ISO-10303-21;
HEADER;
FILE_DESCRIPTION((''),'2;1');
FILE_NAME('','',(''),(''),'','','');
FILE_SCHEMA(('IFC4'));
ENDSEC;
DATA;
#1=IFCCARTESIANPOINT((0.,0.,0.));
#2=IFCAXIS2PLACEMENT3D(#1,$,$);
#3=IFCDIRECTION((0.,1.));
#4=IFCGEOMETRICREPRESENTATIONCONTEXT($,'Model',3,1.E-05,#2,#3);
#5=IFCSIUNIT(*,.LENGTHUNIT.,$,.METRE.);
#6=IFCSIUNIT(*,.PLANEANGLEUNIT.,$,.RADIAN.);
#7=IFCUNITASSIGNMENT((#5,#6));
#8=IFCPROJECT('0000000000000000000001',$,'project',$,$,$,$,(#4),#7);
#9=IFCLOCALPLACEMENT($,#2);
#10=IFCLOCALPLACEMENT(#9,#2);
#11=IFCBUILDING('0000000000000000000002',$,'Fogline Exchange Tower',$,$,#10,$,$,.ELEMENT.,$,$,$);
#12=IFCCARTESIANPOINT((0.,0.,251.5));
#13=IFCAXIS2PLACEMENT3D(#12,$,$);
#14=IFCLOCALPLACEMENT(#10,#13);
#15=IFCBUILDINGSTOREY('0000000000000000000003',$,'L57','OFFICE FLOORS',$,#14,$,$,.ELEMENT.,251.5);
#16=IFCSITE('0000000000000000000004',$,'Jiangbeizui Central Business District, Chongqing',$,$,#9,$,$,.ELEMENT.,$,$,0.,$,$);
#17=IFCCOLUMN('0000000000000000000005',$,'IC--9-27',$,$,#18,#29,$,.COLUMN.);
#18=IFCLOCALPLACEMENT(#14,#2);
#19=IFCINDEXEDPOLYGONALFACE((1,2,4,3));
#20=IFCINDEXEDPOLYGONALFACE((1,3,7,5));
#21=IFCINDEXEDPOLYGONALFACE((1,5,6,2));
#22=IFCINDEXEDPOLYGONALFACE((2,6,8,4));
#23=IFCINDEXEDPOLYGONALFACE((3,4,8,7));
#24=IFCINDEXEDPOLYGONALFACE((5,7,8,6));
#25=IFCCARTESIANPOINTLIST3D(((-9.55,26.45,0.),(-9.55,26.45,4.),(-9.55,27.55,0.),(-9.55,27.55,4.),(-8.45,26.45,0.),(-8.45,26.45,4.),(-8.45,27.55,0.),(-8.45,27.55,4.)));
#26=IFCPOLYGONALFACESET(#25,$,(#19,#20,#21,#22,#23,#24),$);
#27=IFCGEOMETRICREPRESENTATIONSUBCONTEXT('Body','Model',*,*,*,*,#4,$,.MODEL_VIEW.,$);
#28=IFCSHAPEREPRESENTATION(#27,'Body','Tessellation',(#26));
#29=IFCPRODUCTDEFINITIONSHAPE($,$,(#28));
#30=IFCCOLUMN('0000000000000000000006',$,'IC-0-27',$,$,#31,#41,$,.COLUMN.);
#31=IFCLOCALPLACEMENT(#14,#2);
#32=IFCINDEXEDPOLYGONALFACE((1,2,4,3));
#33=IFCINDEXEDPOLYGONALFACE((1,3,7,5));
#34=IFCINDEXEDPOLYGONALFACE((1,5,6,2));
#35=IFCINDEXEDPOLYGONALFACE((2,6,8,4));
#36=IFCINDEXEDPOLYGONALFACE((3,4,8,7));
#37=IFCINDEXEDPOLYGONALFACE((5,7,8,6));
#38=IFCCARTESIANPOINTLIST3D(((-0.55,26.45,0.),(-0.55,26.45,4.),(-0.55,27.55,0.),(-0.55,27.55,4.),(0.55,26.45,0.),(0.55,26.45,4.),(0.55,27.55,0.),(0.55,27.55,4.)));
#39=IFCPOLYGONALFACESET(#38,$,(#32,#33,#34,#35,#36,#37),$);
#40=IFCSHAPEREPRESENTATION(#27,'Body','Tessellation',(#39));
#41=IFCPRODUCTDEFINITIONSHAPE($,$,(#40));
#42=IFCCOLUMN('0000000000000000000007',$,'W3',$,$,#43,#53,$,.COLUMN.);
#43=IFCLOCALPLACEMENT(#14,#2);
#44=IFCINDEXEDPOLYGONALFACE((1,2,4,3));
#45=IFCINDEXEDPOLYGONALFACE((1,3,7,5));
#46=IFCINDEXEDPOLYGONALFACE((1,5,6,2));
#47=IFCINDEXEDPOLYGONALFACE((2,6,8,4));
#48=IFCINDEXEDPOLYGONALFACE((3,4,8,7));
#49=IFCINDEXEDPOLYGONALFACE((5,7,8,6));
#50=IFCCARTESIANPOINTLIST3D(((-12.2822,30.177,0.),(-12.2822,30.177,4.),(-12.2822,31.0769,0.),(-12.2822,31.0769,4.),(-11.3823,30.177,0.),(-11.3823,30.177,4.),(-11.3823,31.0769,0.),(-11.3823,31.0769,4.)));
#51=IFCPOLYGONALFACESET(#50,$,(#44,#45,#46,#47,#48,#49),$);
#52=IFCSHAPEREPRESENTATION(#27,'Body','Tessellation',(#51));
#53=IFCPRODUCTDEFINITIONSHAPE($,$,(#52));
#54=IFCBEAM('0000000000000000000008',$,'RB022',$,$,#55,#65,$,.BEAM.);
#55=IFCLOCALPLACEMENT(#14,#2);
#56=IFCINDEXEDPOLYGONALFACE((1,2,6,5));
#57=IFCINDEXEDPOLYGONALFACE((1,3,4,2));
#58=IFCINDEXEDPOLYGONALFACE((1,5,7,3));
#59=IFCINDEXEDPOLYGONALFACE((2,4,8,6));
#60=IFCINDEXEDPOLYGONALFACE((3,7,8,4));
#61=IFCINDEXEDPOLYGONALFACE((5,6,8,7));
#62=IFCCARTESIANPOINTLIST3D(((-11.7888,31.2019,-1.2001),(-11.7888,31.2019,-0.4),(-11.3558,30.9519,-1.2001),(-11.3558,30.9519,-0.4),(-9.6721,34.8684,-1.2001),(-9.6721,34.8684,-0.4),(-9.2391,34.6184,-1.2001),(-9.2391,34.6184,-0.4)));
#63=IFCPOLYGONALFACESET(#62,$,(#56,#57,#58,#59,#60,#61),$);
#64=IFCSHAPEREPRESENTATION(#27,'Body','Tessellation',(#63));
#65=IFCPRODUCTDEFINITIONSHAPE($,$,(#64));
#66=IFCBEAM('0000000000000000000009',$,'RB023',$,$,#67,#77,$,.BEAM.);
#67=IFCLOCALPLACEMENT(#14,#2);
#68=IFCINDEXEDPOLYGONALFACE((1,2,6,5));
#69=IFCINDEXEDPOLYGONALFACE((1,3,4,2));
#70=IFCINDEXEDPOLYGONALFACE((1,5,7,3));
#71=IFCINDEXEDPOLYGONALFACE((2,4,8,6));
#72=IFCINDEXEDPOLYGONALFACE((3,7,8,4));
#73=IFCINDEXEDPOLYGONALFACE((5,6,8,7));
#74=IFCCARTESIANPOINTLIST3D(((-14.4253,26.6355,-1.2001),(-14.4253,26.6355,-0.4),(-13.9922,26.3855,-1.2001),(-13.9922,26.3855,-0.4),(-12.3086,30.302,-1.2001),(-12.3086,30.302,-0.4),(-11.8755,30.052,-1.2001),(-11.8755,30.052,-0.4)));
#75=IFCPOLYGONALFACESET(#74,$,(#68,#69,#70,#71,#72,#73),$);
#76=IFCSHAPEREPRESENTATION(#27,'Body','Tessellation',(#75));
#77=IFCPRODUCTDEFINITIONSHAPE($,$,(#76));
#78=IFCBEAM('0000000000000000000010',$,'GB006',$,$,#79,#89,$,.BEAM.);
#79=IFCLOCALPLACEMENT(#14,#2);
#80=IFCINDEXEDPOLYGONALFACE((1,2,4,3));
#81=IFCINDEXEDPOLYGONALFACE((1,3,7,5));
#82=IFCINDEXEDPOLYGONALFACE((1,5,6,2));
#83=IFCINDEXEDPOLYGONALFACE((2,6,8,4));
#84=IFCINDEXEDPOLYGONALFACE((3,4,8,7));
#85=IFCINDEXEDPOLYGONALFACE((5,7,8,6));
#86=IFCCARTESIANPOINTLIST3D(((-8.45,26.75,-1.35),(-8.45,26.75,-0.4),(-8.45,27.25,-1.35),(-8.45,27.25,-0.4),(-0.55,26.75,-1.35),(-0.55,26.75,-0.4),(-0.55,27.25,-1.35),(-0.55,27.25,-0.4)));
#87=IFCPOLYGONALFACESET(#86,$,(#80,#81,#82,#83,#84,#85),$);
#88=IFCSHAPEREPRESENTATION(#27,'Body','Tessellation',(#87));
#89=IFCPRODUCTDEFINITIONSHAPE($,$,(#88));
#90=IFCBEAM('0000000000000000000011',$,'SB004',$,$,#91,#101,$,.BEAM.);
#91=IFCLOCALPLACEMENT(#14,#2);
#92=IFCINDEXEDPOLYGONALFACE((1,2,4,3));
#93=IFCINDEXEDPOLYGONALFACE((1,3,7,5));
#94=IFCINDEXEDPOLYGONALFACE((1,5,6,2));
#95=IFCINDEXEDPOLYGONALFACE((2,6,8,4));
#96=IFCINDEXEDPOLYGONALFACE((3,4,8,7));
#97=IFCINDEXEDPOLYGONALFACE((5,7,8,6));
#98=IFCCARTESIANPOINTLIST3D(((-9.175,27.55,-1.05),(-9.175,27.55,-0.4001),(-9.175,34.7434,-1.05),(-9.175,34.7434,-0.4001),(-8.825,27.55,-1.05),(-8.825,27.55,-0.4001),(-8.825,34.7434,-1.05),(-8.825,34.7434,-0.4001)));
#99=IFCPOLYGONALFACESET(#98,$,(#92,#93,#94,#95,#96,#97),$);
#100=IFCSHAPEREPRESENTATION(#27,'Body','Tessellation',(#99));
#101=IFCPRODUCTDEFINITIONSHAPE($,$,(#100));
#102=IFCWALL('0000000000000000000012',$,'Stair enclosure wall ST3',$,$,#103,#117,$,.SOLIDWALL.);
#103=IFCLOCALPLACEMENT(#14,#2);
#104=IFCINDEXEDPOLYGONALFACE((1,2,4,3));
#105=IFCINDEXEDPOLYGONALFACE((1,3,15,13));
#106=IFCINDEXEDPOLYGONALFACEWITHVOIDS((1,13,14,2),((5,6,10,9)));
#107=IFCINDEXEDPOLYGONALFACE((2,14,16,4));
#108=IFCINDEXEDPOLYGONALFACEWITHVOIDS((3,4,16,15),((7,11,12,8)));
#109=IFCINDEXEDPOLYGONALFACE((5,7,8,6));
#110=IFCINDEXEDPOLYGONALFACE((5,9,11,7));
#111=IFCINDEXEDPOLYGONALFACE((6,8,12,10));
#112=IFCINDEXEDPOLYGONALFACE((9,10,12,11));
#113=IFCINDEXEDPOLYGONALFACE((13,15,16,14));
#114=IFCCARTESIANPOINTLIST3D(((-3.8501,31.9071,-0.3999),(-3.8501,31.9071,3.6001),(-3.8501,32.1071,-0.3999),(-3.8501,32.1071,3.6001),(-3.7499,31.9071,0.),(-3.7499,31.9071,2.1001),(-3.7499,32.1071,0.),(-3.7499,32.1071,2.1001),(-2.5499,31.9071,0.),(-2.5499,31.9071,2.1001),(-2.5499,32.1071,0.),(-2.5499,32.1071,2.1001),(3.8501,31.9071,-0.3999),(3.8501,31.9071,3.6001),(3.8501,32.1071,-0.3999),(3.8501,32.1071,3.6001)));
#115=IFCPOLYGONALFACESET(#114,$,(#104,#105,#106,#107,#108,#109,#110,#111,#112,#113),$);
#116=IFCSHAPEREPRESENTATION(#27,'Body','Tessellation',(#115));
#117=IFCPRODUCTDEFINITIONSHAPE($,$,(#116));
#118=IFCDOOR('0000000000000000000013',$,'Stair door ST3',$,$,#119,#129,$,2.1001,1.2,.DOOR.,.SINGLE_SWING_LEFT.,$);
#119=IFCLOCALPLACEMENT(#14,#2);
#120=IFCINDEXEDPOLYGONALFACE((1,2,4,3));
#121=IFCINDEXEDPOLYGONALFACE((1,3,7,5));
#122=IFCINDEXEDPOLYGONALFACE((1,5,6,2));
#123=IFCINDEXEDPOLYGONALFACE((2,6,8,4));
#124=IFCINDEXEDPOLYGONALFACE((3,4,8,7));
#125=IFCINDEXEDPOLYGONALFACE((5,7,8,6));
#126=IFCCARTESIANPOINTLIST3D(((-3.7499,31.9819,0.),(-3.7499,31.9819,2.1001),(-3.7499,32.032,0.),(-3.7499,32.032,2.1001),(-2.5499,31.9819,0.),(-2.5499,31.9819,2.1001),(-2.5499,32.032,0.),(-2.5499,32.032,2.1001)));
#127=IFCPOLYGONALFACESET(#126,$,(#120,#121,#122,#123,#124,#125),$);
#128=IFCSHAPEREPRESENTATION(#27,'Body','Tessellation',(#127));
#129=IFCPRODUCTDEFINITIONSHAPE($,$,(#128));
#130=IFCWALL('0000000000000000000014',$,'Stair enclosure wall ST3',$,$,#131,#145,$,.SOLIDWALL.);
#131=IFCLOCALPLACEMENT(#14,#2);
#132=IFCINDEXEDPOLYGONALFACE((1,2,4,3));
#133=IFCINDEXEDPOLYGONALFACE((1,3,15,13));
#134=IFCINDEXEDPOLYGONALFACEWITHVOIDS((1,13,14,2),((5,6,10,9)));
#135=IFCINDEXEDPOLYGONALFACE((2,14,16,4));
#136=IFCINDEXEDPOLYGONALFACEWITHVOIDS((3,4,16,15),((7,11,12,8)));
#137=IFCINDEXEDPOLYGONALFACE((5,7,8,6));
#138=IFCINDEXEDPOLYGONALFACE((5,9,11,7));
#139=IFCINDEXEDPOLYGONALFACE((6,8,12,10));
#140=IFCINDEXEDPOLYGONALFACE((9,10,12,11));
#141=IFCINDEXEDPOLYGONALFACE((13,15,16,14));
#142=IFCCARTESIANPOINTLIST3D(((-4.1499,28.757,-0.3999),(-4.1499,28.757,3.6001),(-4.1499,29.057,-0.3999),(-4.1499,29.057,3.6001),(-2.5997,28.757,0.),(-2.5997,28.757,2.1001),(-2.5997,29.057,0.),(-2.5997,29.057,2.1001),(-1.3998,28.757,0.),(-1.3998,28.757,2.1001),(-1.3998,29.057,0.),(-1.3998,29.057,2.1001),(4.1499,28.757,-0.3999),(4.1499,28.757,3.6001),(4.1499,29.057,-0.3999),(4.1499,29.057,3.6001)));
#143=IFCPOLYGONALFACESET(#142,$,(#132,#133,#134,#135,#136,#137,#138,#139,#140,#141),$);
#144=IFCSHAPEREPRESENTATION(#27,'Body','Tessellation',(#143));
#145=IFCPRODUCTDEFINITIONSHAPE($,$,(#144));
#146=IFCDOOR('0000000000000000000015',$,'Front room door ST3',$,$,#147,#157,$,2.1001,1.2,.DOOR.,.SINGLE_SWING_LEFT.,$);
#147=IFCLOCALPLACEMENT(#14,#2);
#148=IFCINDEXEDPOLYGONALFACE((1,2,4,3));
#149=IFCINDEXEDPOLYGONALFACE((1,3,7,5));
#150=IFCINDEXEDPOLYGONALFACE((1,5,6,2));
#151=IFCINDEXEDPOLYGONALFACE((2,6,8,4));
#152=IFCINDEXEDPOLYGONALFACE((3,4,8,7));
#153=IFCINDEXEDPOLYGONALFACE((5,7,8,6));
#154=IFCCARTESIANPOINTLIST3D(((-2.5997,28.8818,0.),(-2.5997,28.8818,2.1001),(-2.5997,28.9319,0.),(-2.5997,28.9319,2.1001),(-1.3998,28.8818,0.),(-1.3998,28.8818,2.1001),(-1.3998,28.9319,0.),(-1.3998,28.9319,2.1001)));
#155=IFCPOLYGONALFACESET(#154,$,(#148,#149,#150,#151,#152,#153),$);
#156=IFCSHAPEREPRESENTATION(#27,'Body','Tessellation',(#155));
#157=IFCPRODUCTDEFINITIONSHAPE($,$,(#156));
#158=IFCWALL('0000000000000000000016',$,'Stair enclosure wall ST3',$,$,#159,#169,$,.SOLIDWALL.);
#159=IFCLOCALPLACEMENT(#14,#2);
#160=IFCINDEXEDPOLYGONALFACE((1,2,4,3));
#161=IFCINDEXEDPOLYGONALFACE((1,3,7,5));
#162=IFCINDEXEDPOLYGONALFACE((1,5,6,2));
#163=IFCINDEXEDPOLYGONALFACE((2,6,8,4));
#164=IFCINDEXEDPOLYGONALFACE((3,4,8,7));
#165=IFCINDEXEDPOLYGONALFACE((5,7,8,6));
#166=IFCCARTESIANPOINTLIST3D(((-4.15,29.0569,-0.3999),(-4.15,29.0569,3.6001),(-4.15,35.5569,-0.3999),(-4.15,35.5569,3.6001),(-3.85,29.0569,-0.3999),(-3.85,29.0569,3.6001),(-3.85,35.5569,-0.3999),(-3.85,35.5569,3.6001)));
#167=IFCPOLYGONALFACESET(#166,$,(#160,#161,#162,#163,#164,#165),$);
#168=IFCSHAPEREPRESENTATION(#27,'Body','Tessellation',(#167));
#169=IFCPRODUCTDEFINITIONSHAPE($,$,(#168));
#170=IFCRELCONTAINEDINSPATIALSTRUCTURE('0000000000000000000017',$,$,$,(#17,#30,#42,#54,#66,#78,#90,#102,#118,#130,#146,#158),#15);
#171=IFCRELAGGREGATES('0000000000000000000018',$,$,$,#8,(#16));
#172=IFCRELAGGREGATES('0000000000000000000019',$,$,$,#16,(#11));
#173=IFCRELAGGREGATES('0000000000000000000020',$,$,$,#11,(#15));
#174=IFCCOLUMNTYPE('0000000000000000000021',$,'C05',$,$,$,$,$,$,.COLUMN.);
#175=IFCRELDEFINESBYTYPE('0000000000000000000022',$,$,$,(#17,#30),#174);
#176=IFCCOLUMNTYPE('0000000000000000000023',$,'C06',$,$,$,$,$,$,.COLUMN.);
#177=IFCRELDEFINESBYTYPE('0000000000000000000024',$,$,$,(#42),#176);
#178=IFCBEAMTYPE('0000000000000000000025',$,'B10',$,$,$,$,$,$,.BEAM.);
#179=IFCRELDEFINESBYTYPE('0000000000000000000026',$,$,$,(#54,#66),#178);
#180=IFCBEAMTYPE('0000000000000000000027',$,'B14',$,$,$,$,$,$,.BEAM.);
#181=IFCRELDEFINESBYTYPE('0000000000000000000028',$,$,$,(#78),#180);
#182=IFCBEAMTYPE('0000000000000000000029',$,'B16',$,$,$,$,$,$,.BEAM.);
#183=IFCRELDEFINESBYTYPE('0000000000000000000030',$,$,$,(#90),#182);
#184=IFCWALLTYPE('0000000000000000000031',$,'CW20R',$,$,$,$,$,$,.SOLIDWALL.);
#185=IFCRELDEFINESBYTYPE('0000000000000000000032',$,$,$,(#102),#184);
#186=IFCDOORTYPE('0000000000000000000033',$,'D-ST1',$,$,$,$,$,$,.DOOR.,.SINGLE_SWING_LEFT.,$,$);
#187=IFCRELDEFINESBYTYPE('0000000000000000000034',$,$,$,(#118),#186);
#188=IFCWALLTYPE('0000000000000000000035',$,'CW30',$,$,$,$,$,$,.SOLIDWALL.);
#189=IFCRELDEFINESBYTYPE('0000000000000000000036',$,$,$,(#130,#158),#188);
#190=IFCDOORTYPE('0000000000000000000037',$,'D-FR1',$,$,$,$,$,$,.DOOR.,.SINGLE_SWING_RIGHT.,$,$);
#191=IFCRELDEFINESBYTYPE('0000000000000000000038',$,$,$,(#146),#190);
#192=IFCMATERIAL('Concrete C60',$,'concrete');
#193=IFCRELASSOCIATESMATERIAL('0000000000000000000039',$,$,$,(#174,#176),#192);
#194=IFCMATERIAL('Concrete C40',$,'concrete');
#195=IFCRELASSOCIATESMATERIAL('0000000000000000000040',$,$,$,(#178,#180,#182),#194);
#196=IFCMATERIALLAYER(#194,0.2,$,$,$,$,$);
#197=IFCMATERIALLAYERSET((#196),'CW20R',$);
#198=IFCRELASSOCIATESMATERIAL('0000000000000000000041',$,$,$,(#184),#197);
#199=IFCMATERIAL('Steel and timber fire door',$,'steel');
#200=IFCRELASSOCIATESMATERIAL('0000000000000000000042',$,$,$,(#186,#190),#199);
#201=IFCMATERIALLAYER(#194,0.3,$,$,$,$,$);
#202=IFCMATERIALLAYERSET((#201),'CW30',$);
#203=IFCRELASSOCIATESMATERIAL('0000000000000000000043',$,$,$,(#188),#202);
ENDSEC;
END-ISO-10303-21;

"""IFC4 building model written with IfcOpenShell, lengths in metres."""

from ifc_helpers import new_model, si_unit, direction, frame, frame_2d, origin, origin_2d, place, context, subcontext, project, spatial, rectangle, extrude, material, layer, layer_set, material_profile, profile_set, type_object, element, fill, save


model = new_model("IFC4")

# Units and contexts
model_context = context("Model", 3, precision=1e-05, world=origin(), true_north=direction((0.0, 1.0)))
body_context = subcontext(model_context, "Body", "Model", "MODEL_VIEW")
ifc_project = project(units=[si_unit("LENGTHUNIT", "METRE"), si_unit("PLANEANGLEUNIT", "RADIAN")], contexts=[model_context])

# Site, building, storey
site_placement = place(None, origin())
site = spatial("IfcSite", under=ifc_project, at=site_placement, Name="Jiangbeizui Central Business District, Chongqing", CompositionType="ELEMENT", RefElevation=0.0)
building_placement = place(site_placement, origin())
building = spatial("IfcBuilding", under=site, at=building_placement, Name="Fogline Exchange Tower", CompositionType="ELEMENT")
storey_placement = place(building_placement, frame((0.0, 0.0, 251.5)))
storey = spatial("IfcBuildingStorey", under=building, at=storey_placement, Name="L57", Description="OFFICE FLOORS", CompositionType="ELEMENT", Elevation=251.5)

# Columns
ifc_material_1 = material(Name="Concrete C60", Category="concrete")
ifc_material_profile_1 = material_profile(ifc_material_1, rectangle(XDim=1.1001, YDim=1.1001, at=origin_2d()), Name="RC 1100x1100")
ifc_profile_set_1 = profile_set([ifc_material_profile_1], Name="Concrete C60")
column_type_1 = type_object("IfcColumnType", Name="C05", PredefinedType="COLUMN", material=ifc_profile_set_1)
for number, where, z_axis, x_axis, name in (
    (1, (-9.0, 27.0, 0.0), (0.0, 0.0, 1.0), (1.0, 0.0, 0.0), "IC--9-27"),
    (2, (0.0, 27.0, 0.0), (0.0, 0.0, 1.0), (1.0, 0.0, 0.0), "IC-0-27"),
):
    element("IfcColumn", number, at=place(storey_placement, frame(where, z_axis=z_axis, x_axis=x_axis)), inside=storey, type_object=column_type_1, Name=name, PredefinedType="COLUMN", context=body_context, shape_type="SweptSolid", body=[
        extrude(rectangle(XDim=1.1001, YDim=1.1001, at=origin_2d()), origin(), (0.0, 0.0, 1.0), 4.0),
    ])
ifc_material_profile_2 = material_profile(ifc_material_1, rectangle(XDim=0.8999, YDim=0.8999, at=origin_2d()), Name="RC 900x900")
ifc_profile_set_2 = profile_set([ifc_material_profile_2], Name="Concrete C60")
column_type_2 = type_object("IfcColumnType", Name="C06", PredefinedType="COLUMN", material=ifc_profile_set_2)
column_placement = place(storey_placement, frame((-11.8323, 30.627, 0.0), z_axis=(0.0, 0.0, 1.0), x_axis=(1.0, 0.0, 0.0)))
element("IfcColumn", 3, at=column_placement, inside=storey, type_object=column_type_2, Name="W3", PredefinedType="COLUMN", context=body_context, shape_type="SweptSolid", body=[
    extrude(rectangle(XDim=0.8999, YDim=0.8999, at=origin_2d()), origin(), (0.0, 0.0, 1.0), 4.0),
])

# Beams
ifc_material_2 = material(Name="Concrete C40", Category="concrete")
ifc_material_profile_3 = material_profile(ifc_material_2, rectangle(XDim=0.5, YDim=0.8, at=origin_2d()), Name="RC 500x800")
ifc_profile_set_3 = profile_set([ifc_material_profile_3], Name="Concrete C40")
beam_type_1 = type_object("IfcBeamType", Name="B10", PredefinedType="BEAM", material=ifc_profile_set_3)
for number, where, z_axis, x_axis, name in (
    (4, (-9.4556, 34.7434, -0.8), (-0.499972, -0.866042, 0.0), (0.866042, -0.499972, 0.0), "RB022"),
    (5, (-12.092, 30.177, -0.8), (-0.499972, -0.866042, 0.0), (0.866042, -0.499972, 0.0), "RB023"),
):
    element("IfcBeam", number, at=place(storey_placement, frame(where, z_axis=z_axis, x_axis=x_axis)), inside=storey, type_object=beam_type_1, Name=name, PredefinedType="BEAM", context=body_context, shape_type="SweptSolid", body=[
        extrude(rectangle(XDim=0.5, YDim=0.8, at=origin_2d()), origin(), (0.0, 0.0, 1.0), 4.2336),
    ])
ifc_material_profile_4 = material_profile(ifc_material_2, rectangle(XDim=0.5, YDim=0.95, at=origin_2d()), Name="RC 500x950")
ifc_profile_set_4 = profile_set([ifc_material_profile_4], Name="Concrete C40")
beam_type_2 = type_object("IfcBeamType", Name="B14", PredefinedType="BEAM", material=ifc_profile_set_4)
beam_1_placement = place(storey_placement, frame((-8.45, 27.0, -0.875), z_axis=(1.0, 0.0, 0.0), x_axis=(0.0, 1.0, 0.0)))
element("IfcBeam", 6, at=beam_1_placement, inside=storey, type_object=beam_type_2, Name="GB006", PredefinedType="BEAM", context=body_context, shape_type="SweptSolid", body=[
    extrude(rectangle(XDim=0.5, YDim=0.95, at=origin_2d()), origin(), (0.0, 0.0, 1.0), 7.8999),
])
ifc_material_profile_5 = material_profile(ifc_material_2, rectangle(XDim=0.3501, YDim=0.6499, at=origin_2d()), Name="RC 350x650")
ifc_profile_set_5 = profile_set([ifc_material_profile_5], Name="Concrete C40")
beam_type_3 = type_object("IfcBeamType", Name="B16", PredefinedType="BEAM", material=ifc_profile_set_5)
beam_2_placement = place(storey_placement, frame((-9.0, 27.55, -0.7251), z_axis=(0.0, 1.0, 0.0), x_axis=(-1.0, 0.0, 0.0)))
element("IfcBeam", 7, at=beam_2_placement, inside=storey, type_object=beam_type_3, Name="SB004", PredefinedType="BEAM", context=body_context, shape_type="SweptSolid", body=[
    extrude(rectangle(XDim=0.3501, YDim=0.6499, at=origin_2d()), origin(), (0.0, 0.0, 1.0), 7.1934),
])

# Walls, openings, doors
ifc_layer_1 = layer(ifc_material_2, 0.2)
ifc_layer_set_1 = layer_set([ifc_layer_1], Name="CW20R")
wall_type_1 = type_object("IfcWallType", Name="CW20R", PredefinedType="SOLIDWALL", material=ifc_layer_set_1)
wall_1_placement = place(storey_placement, frame((-3.8501, 32.0071, -0.3999), z_axis=(0.0, 0.0, 1.0), x_axis=(1.0, 0.0, 0.0)))
wall_1 = element("IfcWall", 8, at=wall_1_placement, inside=storey, type_object=wall_type_1, Name="Stair enclosure wall ST3", PredefinedType="SOLIDWALL", context=body_context, shape_type="SweptSolid", body=[
    extrude(rectangle(XDim=7.7002, YDim=0.2, at=frame_2d((3.8501, 0.0))), origin(), (0.0, 0.0, 1.0), 4.0),
])
opening_1_placement = place(wall_1_placement, frame((0.1001, 0.0, 0.3999)))
opening_1 = element("IfcOpeningElement", 9, at=opening_1_placement, cuts=wall_1, PredefinedType="OPENING", context=body_context, shape_type="SweptSolid", body=[
    extrude(rectangle(XDim=1.2, YDim=2.1001, at=frame_2d((0.6001, 1.05))), frame((0.0, 0.1099, 0.0), z_axis=(0.0, -1.0, 0.0), x_axis=(1.0, 0.0, 0.0)), (0.0, 0.0, 1.0), 0.22),
])
ifc_material_3 = material(Name="Steel and timber fire door", Category="steel")
door_type_1 = type_object("IfcDoorType", Name="D-ST1", OperationType="SINGLE_SWING_LEFT", PredefinedType="DOOR", material=ifc_material_3)
door_1_placement = place(opening_1_placement, origin())
door_1 = element("IfcDoor", 10, at=door_1_placement, inside=storey, type_object=door_type_1, Name="Stair door ST3", OperationType="SINGLE_SWING_LEFT", OverallHeight=2.1001, OverallWidth=1.2, PredefinedType="DOOR", context=body_context, shape_type="SweptSolid", body=[
    extrude(rectangle(XDim=1.2, YDim=2.1001, at=frame_2d((0.6001, 1.05))), frame((0.0, 0.0249, 0.0), z_axis=(0.0, -1.0, 0.0), x_axis=(1.0, 0.0, 0.0)), (0.0, 0.0, 1.0), 0.05),
])
fill(opening_1, door_1)
ifc_layer_2 = layer(ifc_material_2, 0.3)
ifc_layer_set_2 = layer_set([ifc_layer_2], Name="CW30")
wall_type_2 = type_object("IfcWallType", Name="CW30", PredefinedType="SOLIDWALL", material=ifc_layer_set_2)
wall_2_placement = place(storey_placement, frame((-4.1499, 28.907, -0.3999), z_axis=(0.0, 0.0, 1.0), x_axis=(1.0, 0.0, 0.0)))
wall_2 = element("IfcWall", 11, at=wall_2_placement, inside=storey, type_object=wall_type_2, Name="Stair enclosure wall ST3", PredefinedType="SOLIDWALL", context=body_context, shape_type="SweptSolid", body=[
    extrude(rectangle(XDim=8.2998, YDim=0.3, at=frame_2d((4.1499, 0.0))), origin(), (0.0, 0.0, 1.0), 4.0),
])
opening_2_placement = place(wall_2_placement, frame((1.55, 0.0, 0.3999)))
opening_2 = element("IfcOpeningElement", 12, at=opening_2_placement, cuts=wall_2, PredefinedType="OPENING", context=body_context, shape_type="SweptSolid", body=[
    extrude(rectangle(XDim=1.2, YDim=2.1001, at=frame_2d((0.6001, 1.05))), frame((0.0, 0.1602, 0.0), z_axis=(0.0, -1.0, 0.0), x_axis=(1.0, 0.0, 0.0)), (0.0, 0.0, 1.0), 0.3201),
])
door_type_2 = type_object("IfcDoorType", Name="D-FR1", OperationType="SINGLE_SWING_RIGHT", PredefinedType="DOOR", material=ifc_material_3)
door_2_placement = place(opening_2_placement, origin())
door_2 = element("IfcDoor", 13, at=door_2_placement, inside=storey, type_object=door_type_2, Name="Front room door ST3", OperationType="SINGLE_SWING_LEFT", OverallHeight=2.1001, OverallWidth=1.2, PredefinedType="DOOR", context=body_context, shape_type="SweptSolid", body=[
    extrude(rectangle(XDim=1.2, YDim=2.1001, at=frame_2d((0.6001, 1.05))), frame((0.0, 0.0249, 0.0), z_axis=(0.0, -1.0, 0.0), x_axis=(1.0, 0.0, 0.0)), (0.0, 0.0, 1.0), 0.05),
])
fill(opening_2, door_2)

# Wall
wall_3_placement = place(storey_placement, frame((-4.0, 29.0569, -0.3999), z_axis=(0.0, 0.0, 1.0), x_axis=(0.0, 1.0, 0.0)))
element("IfcWall", 14, at=wall_3_placement, inside=storey, type_object=wall_type_2, Name="Stair enclosure wall ST3", PredefinedType="SOLIDWALL", context=body_context, shape_type="SweptSolid", body=[
    extrude(rectangle(XDim=6.5, YDim=0.3, at=frame_2d((3.25, 0.0))), origin(), (0.0, 0.0, 1.0), 4.0),
])

save(model, "model.ifc")
